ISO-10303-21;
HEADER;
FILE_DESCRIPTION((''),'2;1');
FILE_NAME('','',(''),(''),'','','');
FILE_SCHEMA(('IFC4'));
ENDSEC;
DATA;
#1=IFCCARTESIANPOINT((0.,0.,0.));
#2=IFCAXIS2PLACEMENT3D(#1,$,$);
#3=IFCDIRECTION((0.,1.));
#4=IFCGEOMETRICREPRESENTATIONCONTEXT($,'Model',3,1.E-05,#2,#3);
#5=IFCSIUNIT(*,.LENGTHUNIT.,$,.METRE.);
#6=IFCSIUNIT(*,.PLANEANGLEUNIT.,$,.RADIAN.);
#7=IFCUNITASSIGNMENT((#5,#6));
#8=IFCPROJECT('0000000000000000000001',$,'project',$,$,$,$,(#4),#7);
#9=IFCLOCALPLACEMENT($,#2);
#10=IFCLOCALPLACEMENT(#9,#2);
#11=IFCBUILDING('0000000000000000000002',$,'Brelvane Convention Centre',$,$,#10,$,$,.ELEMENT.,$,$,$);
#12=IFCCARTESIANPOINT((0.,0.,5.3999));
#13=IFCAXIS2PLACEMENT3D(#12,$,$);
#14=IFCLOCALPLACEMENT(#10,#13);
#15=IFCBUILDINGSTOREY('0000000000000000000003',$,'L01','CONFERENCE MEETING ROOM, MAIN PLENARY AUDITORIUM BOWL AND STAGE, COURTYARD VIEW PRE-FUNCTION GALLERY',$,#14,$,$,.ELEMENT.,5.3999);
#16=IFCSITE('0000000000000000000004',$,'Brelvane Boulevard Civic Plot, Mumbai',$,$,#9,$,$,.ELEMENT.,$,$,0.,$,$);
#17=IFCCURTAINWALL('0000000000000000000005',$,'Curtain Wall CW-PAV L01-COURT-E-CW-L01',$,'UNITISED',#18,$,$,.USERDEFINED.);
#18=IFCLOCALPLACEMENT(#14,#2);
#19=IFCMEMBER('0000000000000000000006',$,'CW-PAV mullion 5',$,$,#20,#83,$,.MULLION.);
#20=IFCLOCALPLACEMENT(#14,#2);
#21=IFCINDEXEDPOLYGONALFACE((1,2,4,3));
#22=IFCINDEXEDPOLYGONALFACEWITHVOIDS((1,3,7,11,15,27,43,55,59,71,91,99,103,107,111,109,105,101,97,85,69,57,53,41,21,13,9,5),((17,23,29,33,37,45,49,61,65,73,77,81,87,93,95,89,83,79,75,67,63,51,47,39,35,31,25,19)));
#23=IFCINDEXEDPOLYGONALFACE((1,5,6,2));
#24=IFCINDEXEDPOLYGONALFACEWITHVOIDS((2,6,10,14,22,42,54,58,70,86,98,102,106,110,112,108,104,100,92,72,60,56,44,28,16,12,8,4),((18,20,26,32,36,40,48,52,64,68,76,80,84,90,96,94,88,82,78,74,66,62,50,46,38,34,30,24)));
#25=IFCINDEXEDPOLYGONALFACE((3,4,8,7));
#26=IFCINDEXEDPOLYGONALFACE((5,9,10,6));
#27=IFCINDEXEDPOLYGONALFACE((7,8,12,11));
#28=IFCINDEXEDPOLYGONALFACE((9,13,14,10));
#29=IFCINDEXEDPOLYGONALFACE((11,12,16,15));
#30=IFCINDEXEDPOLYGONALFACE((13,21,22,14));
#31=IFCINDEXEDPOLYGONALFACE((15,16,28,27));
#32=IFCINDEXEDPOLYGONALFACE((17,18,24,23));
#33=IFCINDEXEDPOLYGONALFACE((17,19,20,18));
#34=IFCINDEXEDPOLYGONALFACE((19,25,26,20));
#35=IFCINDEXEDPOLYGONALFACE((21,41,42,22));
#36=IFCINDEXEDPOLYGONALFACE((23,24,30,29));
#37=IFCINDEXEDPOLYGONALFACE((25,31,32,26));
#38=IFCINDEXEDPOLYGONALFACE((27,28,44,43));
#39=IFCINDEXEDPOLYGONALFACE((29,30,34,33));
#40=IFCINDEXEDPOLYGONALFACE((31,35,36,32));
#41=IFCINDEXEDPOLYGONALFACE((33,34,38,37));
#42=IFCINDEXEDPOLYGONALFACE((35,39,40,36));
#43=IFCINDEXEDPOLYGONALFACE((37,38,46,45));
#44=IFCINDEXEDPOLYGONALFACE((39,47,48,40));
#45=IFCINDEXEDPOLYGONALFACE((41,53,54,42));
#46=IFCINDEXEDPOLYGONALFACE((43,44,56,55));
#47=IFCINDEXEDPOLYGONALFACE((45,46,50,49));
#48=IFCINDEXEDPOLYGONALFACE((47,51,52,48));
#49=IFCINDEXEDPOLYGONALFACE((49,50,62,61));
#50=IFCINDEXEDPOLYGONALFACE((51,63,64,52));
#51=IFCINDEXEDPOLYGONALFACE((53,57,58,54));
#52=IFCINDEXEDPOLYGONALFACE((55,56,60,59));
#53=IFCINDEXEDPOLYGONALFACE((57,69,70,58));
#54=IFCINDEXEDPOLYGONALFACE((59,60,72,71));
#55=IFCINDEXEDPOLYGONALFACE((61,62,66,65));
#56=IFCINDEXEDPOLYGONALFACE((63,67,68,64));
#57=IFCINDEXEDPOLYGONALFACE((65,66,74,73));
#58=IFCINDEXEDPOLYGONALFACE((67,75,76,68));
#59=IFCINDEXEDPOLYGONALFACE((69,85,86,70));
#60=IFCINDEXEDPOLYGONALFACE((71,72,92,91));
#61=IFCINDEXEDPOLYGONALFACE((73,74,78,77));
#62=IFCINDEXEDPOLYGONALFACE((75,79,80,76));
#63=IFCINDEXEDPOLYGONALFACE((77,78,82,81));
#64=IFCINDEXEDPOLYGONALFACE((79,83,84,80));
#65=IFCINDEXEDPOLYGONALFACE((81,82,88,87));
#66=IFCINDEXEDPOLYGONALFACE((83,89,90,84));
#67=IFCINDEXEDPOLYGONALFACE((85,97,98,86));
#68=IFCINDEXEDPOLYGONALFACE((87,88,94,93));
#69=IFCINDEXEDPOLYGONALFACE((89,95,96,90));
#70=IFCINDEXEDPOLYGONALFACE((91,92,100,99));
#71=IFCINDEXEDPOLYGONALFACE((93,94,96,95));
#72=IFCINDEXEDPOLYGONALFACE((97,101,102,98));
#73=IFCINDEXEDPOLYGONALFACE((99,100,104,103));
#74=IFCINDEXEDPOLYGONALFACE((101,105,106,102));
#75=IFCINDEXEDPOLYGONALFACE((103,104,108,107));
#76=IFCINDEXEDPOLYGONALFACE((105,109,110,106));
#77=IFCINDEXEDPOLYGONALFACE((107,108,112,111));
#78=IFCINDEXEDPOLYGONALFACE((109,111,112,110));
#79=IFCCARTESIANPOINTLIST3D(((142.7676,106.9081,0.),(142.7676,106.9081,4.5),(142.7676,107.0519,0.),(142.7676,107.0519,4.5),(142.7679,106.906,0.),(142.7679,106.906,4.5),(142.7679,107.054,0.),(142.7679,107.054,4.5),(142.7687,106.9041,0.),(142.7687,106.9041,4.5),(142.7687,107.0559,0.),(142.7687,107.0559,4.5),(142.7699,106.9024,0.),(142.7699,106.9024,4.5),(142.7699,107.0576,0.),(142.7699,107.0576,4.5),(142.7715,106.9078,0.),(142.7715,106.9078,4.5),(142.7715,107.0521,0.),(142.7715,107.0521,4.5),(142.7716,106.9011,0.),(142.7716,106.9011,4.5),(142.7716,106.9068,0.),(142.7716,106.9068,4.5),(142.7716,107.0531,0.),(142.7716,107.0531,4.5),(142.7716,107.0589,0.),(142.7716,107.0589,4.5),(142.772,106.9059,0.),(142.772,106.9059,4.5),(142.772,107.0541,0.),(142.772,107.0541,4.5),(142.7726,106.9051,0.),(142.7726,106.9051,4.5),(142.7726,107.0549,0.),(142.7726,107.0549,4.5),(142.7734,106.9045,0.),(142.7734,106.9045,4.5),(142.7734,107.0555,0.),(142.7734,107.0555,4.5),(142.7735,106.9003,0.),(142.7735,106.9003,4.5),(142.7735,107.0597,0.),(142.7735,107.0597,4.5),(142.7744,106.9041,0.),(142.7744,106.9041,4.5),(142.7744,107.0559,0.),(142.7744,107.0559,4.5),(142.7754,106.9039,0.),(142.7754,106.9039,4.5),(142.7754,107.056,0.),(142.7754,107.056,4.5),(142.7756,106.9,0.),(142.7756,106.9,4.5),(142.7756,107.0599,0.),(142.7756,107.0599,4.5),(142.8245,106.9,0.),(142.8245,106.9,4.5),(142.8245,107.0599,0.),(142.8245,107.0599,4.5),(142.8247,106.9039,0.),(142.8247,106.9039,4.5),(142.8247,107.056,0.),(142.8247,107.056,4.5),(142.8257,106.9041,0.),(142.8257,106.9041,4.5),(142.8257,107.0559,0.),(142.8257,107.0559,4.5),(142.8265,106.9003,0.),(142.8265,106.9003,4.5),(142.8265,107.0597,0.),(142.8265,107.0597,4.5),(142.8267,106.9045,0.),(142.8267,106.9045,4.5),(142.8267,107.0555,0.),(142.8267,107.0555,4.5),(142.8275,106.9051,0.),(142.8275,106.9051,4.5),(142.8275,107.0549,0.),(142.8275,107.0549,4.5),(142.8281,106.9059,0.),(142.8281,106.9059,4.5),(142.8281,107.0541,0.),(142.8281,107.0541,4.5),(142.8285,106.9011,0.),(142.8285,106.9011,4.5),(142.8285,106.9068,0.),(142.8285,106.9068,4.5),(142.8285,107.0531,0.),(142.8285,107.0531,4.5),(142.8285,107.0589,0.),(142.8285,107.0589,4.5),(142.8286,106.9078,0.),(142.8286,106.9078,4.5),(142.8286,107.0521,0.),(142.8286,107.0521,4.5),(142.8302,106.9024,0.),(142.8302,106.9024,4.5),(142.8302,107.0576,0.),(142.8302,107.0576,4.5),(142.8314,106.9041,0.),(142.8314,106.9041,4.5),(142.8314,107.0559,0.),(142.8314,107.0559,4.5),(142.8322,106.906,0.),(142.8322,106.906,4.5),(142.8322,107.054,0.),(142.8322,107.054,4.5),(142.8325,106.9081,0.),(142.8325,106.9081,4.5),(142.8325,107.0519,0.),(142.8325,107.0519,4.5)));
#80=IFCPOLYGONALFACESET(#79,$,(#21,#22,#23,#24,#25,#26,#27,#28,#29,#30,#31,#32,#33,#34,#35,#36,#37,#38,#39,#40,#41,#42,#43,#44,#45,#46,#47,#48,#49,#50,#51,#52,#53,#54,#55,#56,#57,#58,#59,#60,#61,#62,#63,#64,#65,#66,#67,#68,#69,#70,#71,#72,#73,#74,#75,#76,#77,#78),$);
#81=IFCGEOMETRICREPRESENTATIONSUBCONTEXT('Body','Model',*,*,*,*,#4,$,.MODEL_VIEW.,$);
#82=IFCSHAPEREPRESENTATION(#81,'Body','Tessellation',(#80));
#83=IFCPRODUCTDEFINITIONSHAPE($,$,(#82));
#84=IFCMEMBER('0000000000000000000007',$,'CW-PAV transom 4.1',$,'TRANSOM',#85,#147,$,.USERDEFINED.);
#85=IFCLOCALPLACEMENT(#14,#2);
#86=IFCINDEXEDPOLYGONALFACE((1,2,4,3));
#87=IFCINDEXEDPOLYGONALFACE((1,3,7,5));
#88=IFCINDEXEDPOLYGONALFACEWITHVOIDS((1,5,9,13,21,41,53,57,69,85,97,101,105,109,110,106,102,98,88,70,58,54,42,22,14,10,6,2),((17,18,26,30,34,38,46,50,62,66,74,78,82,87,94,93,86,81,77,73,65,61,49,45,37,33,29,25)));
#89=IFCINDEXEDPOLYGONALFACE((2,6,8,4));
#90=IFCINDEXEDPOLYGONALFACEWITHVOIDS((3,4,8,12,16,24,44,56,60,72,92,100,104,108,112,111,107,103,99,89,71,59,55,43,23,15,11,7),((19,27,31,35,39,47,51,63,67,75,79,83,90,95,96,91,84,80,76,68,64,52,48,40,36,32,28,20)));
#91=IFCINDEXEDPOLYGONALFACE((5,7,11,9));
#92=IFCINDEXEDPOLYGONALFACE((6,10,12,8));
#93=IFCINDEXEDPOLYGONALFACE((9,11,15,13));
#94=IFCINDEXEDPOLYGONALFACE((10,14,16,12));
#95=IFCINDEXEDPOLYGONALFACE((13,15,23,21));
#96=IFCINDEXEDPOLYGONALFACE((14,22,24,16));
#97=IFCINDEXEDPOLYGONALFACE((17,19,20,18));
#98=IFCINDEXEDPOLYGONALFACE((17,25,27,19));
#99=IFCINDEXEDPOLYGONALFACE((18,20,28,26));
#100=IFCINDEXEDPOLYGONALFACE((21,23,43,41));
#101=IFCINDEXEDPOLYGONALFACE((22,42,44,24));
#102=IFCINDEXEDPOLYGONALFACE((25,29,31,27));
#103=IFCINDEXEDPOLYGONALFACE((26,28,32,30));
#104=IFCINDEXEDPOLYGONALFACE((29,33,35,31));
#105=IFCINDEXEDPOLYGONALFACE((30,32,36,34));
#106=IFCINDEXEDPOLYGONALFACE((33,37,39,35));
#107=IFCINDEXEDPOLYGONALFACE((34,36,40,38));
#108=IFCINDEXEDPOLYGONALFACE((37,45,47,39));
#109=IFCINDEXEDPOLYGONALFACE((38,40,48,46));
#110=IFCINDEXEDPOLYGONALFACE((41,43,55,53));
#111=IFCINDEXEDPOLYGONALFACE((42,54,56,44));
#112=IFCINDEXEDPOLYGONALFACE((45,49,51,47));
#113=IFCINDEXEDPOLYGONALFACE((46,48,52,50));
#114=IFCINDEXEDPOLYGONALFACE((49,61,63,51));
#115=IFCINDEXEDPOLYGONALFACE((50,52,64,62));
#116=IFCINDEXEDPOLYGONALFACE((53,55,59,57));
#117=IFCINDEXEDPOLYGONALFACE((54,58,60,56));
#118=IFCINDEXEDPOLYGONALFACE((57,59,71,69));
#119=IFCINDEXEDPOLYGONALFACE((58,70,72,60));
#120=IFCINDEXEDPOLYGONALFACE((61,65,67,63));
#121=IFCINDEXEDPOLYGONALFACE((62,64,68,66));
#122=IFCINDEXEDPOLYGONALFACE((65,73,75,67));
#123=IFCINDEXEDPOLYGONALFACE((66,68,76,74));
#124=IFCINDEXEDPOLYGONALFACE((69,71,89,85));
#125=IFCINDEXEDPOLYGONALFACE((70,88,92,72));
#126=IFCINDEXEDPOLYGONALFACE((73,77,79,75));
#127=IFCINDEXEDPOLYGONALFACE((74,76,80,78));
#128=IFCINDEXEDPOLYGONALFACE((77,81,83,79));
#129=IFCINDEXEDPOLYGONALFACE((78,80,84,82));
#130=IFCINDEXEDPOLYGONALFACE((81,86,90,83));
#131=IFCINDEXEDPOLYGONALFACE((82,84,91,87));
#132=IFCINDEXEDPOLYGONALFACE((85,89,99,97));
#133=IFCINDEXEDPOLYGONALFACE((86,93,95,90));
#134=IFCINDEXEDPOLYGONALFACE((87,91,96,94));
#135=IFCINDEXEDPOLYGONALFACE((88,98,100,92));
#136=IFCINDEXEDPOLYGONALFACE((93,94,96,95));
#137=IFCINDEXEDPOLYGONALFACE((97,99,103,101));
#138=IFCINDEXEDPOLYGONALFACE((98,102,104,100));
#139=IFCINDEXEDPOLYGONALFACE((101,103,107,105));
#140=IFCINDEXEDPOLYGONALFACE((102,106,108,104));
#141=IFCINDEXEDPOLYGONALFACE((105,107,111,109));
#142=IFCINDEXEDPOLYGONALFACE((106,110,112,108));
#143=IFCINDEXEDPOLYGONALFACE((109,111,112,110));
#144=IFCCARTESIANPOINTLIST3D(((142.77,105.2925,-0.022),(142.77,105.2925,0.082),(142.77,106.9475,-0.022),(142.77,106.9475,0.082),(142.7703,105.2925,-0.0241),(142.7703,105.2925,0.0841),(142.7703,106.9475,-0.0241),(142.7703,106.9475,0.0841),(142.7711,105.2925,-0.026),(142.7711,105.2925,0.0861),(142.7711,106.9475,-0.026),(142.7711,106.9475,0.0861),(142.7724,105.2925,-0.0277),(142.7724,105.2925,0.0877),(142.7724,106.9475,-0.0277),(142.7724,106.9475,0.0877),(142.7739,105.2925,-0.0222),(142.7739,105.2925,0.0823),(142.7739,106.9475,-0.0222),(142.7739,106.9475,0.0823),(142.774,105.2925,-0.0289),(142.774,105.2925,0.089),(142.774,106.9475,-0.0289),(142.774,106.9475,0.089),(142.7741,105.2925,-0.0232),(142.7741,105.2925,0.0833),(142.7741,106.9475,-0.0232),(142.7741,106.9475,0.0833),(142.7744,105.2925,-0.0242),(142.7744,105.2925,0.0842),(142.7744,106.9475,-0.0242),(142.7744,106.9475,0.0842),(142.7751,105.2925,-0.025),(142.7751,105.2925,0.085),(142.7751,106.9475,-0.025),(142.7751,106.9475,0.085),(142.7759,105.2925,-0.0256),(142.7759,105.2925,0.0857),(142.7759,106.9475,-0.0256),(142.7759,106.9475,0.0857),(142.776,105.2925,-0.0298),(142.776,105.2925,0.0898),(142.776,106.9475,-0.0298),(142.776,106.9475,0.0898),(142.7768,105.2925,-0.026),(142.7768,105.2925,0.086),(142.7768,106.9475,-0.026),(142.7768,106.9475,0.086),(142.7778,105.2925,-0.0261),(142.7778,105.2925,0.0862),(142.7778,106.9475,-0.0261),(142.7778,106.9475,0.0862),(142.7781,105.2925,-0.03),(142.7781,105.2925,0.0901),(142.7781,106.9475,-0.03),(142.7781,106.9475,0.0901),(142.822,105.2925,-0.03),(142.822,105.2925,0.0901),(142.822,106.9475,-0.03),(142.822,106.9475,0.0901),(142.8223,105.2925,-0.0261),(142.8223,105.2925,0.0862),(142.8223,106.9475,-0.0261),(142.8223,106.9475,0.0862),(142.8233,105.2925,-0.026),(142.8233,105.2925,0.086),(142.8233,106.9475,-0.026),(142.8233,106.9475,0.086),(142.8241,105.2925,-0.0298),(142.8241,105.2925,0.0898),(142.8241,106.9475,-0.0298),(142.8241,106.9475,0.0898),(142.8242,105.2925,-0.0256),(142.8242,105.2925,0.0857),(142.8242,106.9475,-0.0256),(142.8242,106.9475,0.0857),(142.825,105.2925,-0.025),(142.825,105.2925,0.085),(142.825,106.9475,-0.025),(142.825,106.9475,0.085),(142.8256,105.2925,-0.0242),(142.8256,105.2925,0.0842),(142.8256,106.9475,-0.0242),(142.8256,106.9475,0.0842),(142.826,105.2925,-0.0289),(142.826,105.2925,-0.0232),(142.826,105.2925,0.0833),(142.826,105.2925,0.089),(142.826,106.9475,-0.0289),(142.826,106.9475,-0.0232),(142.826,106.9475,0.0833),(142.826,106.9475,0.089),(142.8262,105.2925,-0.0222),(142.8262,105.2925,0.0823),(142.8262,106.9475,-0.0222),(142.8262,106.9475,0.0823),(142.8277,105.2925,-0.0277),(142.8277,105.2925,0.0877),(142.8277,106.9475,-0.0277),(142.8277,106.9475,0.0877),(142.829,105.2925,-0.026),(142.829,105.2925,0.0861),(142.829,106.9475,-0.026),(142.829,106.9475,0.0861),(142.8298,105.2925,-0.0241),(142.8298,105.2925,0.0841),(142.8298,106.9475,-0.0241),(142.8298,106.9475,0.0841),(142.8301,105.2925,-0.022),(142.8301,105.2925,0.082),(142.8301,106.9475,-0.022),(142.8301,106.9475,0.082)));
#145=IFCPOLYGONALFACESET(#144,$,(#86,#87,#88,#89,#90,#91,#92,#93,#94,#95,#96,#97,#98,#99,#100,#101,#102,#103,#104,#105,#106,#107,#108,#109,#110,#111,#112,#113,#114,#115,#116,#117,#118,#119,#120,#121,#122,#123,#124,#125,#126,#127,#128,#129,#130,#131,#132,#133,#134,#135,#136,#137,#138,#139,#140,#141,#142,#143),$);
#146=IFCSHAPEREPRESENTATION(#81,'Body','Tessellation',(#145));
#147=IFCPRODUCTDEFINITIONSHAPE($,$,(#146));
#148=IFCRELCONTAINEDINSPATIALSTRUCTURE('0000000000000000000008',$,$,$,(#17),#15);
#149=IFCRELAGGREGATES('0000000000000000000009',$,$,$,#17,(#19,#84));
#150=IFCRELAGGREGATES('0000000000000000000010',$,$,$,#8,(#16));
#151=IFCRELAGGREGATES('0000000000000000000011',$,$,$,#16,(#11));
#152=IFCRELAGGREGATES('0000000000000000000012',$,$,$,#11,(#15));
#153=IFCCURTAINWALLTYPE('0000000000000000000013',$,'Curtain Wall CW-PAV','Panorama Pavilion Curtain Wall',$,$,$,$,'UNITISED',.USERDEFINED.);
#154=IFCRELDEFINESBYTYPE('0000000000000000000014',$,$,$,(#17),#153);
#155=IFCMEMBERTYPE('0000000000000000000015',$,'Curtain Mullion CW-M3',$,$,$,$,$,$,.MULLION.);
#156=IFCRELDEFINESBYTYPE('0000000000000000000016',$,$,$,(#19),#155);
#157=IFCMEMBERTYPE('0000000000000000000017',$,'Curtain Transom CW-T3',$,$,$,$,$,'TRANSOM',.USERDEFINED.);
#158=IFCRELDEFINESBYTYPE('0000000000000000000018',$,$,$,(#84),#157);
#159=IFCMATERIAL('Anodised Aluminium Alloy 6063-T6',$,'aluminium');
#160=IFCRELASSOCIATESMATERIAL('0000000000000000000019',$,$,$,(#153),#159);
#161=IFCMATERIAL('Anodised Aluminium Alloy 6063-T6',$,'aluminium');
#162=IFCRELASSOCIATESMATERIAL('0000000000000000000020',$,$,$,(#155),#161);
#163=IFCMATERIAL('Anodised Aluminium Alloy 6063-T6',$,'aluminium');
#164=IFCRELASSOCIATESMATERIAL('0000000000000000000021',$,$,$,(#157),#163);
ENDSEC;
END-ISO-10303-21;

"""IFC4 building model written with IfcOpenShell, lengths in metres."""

from ifc_helpers import new_model, si_unit, direction, frame, origin, origin_2d, place, context, subcontext, project, spatial, hollow_rectangle, extrude, material, material_profile, profile_set, type_object, element, aggregate, save


model = new_model("IFC4")

# Units and contexts
model_context = context("Model", 3, precision=1e-05, world=origin(), true_north=direction((0.0, 1.0)))
body_context = subcontext(model_context, "Body", "Model", "MODEL_VIEW")
ifc_project = project(units=[si_unit("LENGTHUNIT", "METRE"), si_unit("PLANEANGLEUNIT", "RADIAN")], contexts=[model_context])

# Site, building, storey
site_placement = place(None, origin())
site = spatial("IfcSite", under=ifc_project, at=site_placement, Name="Brelvane Boulevard Civic Plot, Mumbai", CompositionType="ELEMENT", RefElevation=0.0)
building_placement = place(site_placement, origin())
building = spatial("IfcBuilding", under=site, at=building_placement, Name="Brelvane Convention Centre", CompositionType="ELEMENT")
storey_placement = place(building_placement, frame((0.0, 0.0, 5.3999)))
storey = spatial("IfcBuildingStorey", under=building, at=storey_placement, Name="L01", Description="CONFERENCE MEETING ROOM, MAIN PLENARY AUDITORIUM BOWL AND STAGE, COURTYARD VIEW PRE-FUNCTION GALLERY", CompositionType="ELEMENT", Elevation=5.3999)

# Curtain wall, members
ifc_material_1 = material(Name="Anodised Aluminium Alloy 6063-T6", Category="aluminium")
curtain_wall_type = type_object("IfcCurtainWallType", Name="Curtain Wall CW-PAV", Description="Panorama Pavilion Curtain Wall", ElementType="UNITISED", PredefinedType="USERDEFINED", material=ifc_material_1)
curtain_wall_placement = place(storey_placement, origin())
curtain_wall = element("IfcCurtainWall", 1, at=curtain_wall_placement, inside=storey, type_object=curtain_wall_type, Name="Curtain Wall CW-PAV L01-COURT-E-CW-L01", ObjectType="UNITISED", PredefinedType="USERDEFINED")
ifc_material_2 = material(Name="Anodised Aluminium Alloy 6063-T6", Category="aluminium")
ifc_material_profile_1 = material_profile(ifc_material_2, hollow_rectangle(XDim=0.0649, YDim=0.1599, WallThickness=0.0039, InnerFilletRadius=0.0039, OuterFilletRadius=0.0081, at=origin_2d()), Name="ALU-M 160x65x4.0")
ifc_profile_set_1 = profile_set([ifc_material_profile_1], Name="Anodised Aluminium Alloy 6063-T6")
member_type_1 = type_object("IfcMemberType", Name="Curtain Mullion CW-M3", PredefinedType="MULLION", material=ifc_profile_set_1)
member_1_placement = place(storey_placement, frame((142.8, 106.98, 0.0), z_axis=(0.0, 0.0, 1.0), x_axis=(-1.0, 0.0, 0.0)))
member_1 = element("IfcMember", 2, at=member_1_placement, type_object=member_type_1, Name="CW-PAV mullion 5", PredefinedType="MULLION", context=body_context, shape_type="SweptSolid", body=[
    extrude(hollow_rectangle(XDim=0.0649, YDim=0.1599, WallThickness=0.0039, InnerFilletRadius=0.0039, OuterFilletRadius=0.0081, at=origin_2d()), origin(), (0.0, 0.0, 1.0), 4.5),
])
ifc_material_3 = material(Name="Anodised Aluminium Alloy 6063-T6", Category="aluminium")
ifc_material_profile_2 = material_profile(ifc_material_3, hollow_rectangle(XDim=0.0601, YDim=0.1201, WallThickness=0.0039, InnerFilletRadius=0.0039, OuterFilletRadius=0.0081, at=origin_2d()), Name="ALU-T 120x60x4.0")
ifc_profile_set_2 = profile_set([ifc_material_profile_2], Name="Anodised Aluminium Alloy 6063-T6")
member_type_2 = type_object("IfcMemberType", Name="Curtain Transom CW-T3", ElementType="TRANSOM", PredefinedType="USERDEFINED", material=ifc_profile_set_2)
member_2_placement = place(storey_placement, frame((142.8, 105.2925, 0.03), z_axis=(0.0, 1.0, 0.0), x_axis=(-1.0, 0.0, 0.0)))
member_2 = element("IfcMember", 3, at=member_2_placement, type_object=member_type_2, Name="CW-PAV transom 4.1", ObjectType="TRANSOM", PredefinedType="USERDEFINED", context=body_context, shape_type="SweptSolid", body=[
    extrude(hollow_rectangle(XDim=0.0601, YDim=0.1201, WallThickness=0.0039, InnerFilletRadius=0.0039, OuterFilletRadius=0.0081, at=origin_2d()), origin(), (0.0, 0.0, 1.0), 1.655),
])

aggregate(curtain_wall, [member_1, member_2])

save(model, "model.ifc")
